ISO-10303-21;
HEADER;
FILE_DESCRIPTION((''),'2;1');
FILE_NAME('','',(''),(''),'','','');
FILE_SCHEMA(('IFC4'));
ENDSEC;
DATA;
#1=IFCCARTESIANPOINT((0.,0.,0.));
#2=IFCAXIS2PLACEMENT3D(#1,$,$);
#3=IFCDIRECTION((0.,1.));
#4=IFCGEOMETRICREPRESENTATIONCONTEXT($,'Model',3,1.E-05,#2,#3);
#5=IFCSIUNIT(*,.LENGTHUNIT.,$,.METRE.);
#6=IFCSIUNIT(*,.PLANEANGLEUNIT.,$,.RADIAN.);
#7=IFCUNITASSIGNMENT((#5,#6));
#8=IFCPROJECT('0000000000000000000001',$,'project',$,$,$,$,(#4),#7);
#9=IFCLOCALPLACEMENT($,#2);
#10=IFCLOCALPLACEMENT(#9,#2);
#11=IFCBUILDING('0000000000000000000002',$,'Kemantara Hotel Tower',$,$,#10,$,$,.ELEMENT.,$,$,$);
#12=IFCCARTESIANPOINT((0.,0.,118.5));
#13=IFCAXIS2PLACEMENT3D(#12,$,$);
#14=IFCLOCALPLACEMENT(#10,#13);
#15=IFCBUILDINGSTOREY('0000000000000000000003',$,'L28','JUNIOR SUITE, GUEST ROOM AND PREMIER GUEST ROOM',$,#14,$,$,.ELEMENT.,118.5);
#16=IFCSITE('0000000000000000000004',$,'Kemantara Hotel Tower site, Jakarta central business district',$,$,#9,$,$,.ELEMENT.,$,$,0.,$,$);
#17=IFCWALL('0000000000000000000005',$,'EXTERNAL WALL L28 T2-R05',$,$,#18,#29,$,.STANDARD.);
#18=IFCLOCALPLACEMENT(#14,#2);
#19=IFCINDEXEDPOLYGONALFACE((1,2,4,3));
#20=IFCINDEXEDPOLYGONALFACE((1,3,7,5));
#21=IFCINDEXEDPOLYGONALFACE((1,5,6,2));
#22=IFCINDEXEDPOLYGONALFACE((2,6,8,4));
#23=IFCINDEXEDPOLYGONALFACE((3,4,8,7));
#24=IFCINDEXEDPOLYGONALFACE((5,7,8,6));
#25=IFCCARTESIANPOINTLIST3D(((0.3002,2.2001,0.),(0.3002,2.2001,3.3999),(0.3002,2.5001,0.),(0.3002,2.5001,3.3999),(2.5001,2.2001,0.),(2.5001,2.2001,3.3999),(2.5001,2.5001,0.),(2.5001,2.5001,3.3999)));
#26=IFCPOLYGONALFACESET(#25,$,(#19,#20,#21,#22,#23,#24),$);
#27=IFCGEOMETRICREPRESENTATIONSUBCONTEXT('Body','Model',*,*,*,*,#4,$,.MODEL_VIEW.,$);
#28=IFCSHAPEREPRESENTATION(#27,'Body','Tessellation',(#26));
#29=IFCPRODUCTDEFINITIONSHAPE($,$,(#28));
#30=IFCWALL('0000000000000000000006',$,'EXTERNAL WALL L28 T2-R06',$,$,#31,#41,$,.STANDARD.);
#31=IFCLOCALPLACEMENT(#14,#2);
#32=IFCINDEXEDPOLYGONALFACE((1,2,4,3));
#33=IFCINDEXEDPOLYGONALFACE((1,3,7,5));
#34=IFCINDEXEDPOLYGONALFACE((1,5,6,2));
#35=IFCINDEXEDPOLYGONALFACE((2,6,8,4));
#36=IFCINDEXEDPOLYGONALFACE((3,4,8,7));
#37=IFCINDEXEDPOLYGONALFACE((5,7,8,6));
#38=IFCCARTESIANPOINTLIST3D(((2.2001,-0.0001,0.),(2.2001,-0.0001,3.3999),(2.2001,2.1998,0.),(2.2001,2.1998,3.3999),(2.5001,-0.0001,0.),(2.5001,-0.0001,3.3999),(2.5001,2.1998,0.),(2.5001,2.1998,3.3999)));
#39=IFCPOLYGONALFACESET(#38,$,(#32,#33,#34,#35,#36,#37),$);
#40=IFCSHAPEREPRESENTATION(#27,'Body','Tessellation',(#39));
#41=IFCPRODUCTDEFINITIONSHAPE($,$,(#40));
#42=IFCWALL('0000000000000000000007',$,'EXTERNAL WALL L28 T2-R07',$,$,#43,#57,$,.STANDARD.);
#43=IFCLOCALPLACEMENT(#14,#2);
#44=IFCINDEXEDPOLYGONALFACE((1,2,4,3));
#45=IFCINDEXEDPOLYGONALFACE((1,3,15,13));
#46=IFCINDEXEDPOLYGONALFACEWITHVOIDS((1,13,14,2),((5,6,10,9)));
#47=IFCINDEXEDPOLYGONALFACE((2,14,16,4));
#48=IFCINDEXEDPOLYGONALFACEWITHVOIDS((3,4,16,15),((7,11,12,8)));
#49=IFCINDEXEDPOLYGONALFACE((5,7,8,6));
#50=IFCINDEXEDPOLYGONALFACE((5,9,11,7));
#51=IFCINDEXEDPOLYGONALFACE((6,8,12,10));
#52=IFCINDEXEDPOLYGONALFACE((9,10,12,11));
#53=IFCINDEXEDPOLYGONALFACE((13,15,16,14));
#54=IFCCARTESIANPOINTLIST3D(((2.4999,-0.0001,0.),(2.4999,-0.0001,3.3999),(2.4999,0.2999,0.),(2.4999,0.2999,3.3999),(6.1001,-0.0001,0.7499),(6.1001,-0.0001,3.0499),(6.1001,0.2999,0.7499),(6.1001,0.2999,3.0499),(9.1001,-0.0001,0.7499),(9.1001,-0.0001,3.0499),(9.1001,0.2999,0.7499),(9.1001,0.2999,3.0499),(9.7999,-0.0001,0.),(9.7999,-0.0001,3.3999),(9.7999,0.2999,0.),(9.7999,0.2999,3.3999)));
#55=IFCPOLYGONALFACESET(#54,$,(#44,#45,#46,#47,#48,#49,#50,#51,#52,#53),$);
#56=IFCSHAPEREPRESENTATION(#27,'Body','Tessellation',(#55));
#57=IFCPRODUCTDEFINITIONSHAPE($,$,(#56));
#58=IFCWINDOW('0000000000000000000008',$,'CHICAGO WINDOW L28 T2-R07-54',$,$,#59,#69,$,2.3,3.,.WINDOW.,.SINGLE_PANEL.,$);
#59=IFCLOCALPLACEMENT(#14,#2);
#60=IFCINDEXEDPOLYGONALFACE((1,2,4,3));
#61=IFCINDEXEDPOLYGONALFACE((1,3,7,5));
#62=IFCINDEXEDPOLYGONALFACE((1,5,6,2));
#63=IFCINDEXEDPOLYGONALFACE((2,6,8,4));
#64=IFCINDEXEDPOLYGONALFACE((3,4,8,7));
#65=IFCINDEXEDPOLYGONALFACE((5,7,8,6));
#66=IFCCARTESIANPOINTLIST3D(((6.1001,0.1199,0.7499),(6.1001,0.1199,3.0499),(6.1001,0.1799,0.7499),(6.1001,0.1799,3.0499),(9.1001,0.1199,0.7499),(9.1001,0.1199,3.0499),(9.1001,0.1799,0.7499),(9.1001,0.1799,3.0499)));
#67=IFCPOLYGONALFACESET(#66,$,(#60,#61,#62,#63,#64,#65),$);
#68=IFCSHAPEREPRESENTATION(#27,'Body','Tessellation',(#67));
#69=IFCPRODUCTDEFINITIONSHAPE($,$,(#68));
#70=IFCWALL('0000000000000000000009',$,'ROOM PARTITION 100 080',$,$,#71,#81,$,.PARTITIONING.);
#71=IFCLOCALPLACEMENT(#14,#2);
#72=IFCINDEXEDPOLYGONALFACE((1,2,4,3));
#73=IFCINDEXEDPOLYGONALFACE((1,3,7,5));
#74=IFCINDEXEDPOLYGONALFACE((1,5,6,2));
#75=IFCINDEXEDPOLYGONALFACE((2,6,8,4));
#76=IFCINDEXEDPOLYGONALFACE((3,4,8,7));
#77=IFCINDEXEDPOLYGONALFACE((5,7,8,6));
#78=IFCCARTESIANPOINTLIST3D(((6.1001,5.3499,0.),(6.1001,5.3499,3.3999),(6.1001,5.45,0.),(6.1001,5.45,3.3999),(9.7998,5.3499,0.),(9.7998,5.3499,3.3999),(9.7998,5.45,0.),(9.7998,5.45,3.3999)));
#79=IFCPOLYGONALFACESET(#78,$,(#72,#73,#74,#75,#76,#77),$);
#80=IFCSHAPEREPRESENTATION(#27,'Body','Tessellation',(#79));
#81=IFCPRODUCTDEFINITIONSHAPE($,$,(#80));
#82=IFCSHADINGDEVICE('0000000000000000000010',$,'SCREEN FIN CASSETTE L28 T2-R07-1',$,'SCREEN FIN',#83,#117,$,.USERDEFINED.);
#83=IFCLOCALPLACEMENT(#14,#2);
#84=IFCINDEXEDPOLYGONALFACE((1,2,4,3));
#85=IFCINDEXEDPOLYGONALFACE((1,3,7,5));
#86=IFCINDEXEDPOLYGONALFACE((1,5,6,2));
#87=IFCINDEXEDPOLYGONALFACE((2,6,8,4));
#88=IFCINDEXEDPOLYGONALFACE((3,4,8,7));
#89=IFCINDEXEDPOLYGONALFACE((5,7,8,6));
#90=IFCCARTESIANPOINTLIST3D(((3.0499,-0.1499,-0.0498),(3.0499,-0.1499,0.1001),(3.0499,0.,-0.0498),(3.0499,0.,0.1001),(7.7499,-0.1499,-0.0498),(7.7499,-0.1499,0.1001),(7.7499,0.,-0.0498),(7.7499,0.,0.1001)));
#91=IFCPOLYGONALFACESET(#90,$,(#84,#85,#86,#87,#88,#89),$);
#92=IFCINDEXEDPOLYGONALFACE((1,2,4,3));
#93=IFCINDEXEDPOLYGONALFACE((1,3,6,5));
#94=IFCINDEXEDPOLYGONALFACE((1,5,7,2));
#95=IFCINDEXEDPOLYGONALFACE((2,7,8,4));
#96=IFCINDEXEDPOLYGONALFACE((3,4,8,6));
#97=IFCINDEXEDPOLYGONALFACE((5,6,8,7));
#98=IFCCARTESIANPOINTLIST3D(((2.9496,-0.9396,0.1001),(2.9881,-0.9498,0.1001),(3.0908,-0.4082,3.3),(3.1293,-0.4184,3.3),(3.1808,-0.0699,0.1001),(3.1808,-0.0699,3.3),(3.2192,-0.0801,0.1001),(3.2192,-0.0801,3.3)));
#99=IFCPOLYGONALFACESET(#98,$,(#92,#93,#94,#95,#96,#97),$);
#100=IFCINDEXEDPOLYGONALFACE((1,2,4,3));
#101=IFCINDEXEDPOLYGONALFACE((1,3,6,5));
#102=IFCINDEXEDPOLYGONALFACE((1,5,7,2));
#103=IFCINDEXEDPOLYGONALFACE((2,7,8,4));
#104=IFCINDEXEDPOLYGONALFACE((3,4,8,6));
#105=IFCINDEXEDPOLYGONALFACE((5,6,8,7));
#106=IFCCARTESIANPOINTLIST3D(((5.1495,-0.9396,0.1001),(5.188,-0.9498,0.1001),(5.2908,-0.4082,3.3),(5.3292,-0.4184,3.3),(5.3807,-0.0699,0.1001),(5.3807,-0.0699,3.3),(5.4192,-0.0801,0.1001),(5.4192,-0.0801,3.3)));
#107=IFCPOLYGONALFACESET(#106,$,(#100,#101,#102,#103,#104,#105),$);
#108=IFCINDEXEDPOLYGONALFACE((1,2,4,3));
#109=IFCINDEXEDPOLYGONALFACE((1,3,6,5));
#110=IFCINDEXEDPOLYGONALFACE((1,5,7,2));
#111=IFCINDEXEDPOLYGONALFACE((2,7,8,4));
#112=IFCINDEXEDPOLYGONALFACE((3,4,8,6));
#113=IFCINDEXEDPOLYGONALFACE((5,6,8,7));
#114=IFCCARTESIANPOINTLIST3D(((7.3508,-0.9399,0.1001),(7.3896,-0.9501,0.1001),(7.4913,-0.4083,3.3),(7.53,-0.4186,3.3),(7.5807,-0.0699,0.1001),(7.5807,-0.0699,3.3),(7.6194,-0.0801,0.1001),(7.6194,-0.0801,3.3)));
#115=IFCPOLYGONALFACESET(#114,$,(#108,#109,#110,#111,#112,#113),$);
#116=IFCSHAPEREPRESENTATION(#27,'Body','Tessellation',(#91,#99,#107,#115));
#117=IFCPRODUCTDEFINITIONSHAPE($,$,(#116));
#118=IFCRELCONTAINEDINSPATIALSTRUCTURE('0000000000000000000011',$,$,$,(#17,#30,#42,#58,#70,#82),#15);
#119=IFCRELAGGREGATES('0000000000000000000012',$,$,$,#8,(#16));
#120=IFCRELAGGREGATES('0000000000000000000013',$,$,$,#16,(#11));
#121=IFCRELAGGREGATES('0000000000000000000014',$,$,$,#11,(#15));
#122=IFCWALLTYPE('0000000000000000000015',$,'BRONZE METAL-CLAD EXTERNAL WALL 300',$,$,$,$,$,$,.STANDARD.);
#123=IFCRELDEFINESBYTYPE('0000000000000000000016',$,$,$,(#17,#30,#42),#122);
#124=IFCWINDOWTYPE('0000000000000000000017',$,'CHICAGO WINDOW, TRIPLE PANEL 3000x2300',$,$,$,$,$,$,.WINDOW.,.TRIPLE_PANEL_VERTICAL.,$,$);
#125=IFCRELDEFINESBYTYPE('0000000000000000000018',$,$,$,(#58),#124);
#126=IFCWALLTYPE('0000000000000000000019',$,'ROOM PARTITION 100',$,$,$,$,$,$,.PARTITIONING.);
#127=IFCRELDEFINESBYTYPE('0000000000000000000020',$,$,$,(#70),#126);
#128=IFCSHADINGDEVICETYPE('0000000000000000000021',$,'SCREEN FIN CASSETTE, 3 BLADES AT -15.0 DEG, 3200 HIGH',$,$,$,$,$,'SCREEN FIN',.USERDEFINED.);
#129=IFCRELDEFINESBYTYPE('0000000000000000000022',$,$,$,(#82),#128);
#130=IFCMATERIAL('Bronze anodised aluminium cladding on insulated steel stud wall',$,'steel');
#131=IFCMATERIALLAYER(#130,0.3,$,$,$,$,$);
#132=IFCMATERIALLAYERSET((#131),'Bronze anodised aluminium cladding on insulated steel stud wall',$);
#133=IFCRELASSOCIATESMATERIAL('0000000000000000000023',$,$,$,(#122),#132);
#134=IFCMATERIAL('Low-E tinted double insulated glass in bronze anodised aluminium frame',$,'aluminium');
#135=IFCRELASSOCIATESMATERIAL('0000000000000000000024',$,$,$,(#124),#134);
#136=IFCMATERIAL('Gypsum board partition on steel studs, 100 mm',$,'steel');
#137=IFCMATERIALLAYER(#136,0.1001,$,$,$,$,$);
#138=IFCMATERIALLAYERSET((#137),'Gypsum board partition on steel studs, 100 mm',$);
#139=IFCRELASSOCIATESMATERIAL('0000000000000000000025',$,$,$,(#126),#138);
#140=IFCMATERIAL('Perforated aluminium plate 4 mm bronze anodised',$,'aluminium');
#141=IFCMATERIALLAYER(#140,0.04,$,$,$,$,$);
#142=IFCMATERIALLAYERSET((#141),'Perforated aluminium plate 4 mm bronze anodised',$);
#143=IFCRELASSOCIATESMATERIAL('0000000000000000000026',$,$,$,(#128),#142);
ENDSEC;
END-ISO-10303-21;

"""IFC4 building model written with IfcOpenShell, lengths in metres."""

from ifc_helpers import new_model, si_unit, direction, frame, frame_2d, origin, origin_2d, place, context, subcontext, project, spatial, polyline, rectangle, outline, extrude, source, transform, mapped, material, layer, layer_set, type_object, element, fill, save


model = new_model("IFC4")

# Units and contexts
model_context = context("Model", 3, precision=1e-05, world=origin(), true_north=direction((0.0, 1.0)))
body_context = subcontext(model_context, "Body", "Model", "MODEL_VIEW")
ifc_project = project(units=[si_unit("LENGTHUNIT", "METRE"), si_unit("PLANEANGLEUNIT", "RADIAN")], contexts=[model_context])

# Site, building, storey
site_placement = place(None, origin())
site = spatial("IfcSite", under=ifc_project, at=site_placement, Name="Kemantara Hotel Tower site, Jakarta central business district", CompositionType="ELEMENT", RefElevation=0.0)
building_placement = place(site_placement, origin())
building = spatial("IfcBuilding", under=site, at=building_placement, Name="Kemantara Hotel Tower", CompositionType="ELEMENT")
storey_placement = place(building_placement, frame((0.0, 0.0, 118.5)))
storey = spatial("IfcBuildingStorey", under=building, at=storey_placement, Name="L28", Description="JUNIOR SUITE, GUEST ROOM AND PREMIER GUEST ROOM", CompositionType="ELEMENT", Elevation=118.5)

# Walls
ifc_material_1 = material(Name="Bronze anodised aluminium cladding on insulated steel stud wall", Category="steel")
ifc_layer_1 = layer(ifc_material_1, 0.3)
ifc_layer_set_1 = layer_set([ifc_layer_1], Name="Bronze anodised aluminium cladding on insulated steel stud wall")
wall_type_1 = type_object("IfcWallType", Name="BRONZE METAL-CLAD EXTERNAL WALL 300", PredefinedType="STANDARD", material=ifc_layer_set_1)
for number, where, z_axis, x_axis, name in (
    (1, (0.3, 2.3501, 0.0), (0.0, 0.0, 1.0), (1.0, 0.0, 0.0), "EXTERNAL WALL L28 T2-R05"),
    (2, (2.3501, 2.2, 0.0), (0.0, 0.0, 1.0), (0.0, -1.0, 0.0), "EXTERNAL WALL L28 T2-R06"),
):
    element("IfcWall", number, at=place(storey_placement, frame(where, z_axis=z_axis, x_axis=x_axis)), inside=storey, type_object=wall_type_1, Name=name, PredefinedType="STANDARD", context=body_context, shape_type="SweptSolid", body=[
        extrude(rectangle(XDim=2.2, YDim=0.3, at=frame_2d((1.1001, 0.0))), origin(), (0.0, 0.0, 1.0), 3.3999),
    ])

# Wall, opening, window
wall_1_placement = place(storey_placement, frame((2.5, 0.1499, 0.0), z_axis=(0.0, 0.0, 1.0), x_axis=(1.0, 0.0, 0.0)))
wall_1 = element("IfcWall", 3, at=wall_1_placement, inside=storey, type_object=wall_type_1, Name="EXTERNAL WALL L28 T2-R07", PredefinedType="STANDARD", context=body_context, shape_type="SweptSolid", body=[
    extrude(rectangle(XDim=7.3, YDim=0.3, at=frame_2d((3.6499, 0.0))), origin(), (0.0, 0.0, 1.0), 3.3999),
])
opening_placement = place(wall_1_placement, frame((3.6001, 0.0, 0.75)))
opening = element("IfcOpeningElement", 4, at=opening_placement, cuts=wall_1, PredefinedType="OPENING", context=body_context, shape_type="SweptSolid", body=[
    extrude(rectangle(XDim=3.0, YDim=2.3, at=frame_2d((1.5, 1.1499))), frame((0.0, 0.1599, 0.0), z_axis=(0.0, -1.0, 0.0), x_axis=(1.0, 0.0, 0.0)), (0.0, 0.0, 1.0), 0.3201),
])
ifc_material_2 = material(Name="Low-E tinted double insulated glass in bronze anodised aluminium frame", Category="aluminium")
window_type = type_object("IfcWindowType", Name="CHICAGO WINDOW, TRIPLE PANEL 3000x2300", PartitioningType="TRIPLE_PANEL_VERTICAL", PredefinedType="WINDOW", material=ifc_material_2)
window_placement = place(opening_placement, origin())
window = element("IfcWindow", 5, at=window_placement, inside=storey, type_object=window_type, Name="CHICAGO WINDOW L28 T2-R07-54", OverallHeight=2.3, OverallWidth=3.0, PartitioningType="SINGLE_PANEL", PredefinedType="WINDOW", context=body_context, shape_type="SweptSolid", body=[
    extrude(rectangle(XDim=3.0, YDim=2.3, at=frame_2d((1.5, 1.1499))), frame((0.0, 0.03, 0.0), z_axis=(0.0, -1.0, 0.0), x_axis=(1.0, 0.0, 0.0)), (0.0, 0.0, 1.0), 0.0601),
])
fill(opening, window)

# Wall
ifc_material_3 = material(Name="Gypsum board partition on steel studs, 100 mm", Category="steel")
ifc_layer_2 = layer(ifc_material_3, 0.1001)
ifc_layer_set_2 = layer_set([ifc_layer_2], Name="Gypsum board partition on steel studs, 100 mm")
wall_type_2 = type_object("IfcWallType", Name="ROOM PARTITION 100", PredefinedType="PARTITIONING", material=ifc_layer_set_2)
wall_2_placement = place(storey_placement, frame((6.1001, 5.3999, 0.0), z_axis=(0.0, 0.0, 1.0), x_axis=(1.0, 0.0, 0.0)))
element("IfcWall", 6, at=wall_2_placement, inside=storey, type_object=wall_type_2, Name="ROOM PARTITION 100 080", PredefinedType="PARTITIONING", context=body_context, shape_type="SweptSolid", body=[
    extrude(rectangle(XDim=3.6997, YDim=0.1001, at=frame_2d((1.8499, 0.0))), origin(), (0.0, 0.0, 1.0), 3.3999),
])

# Shading device
ifc_material_4 = material(Name="Perforated aluminium plate 4 mm bronze anodised", Category="aluminium")
ifc_layer_3 = layer(ifc_material_4, 0.04)
ifc_layer_set_3 = layer_set([ifc_layer_3], Name="Perforated aluminium plate 4 mm bronze anodised")
shading_device_type = type_object("IfcShadingDeviceType", Name="SCREEN FIN CASSETTE, 3 BLADES AT -15.0 DEG, 3200 HIGH", ElementType="SCREEN FIN", PredefinedType="USERDEFINED", material=ifc_layer_set_3)
shared_shape = source(origin(), body_context, "Body", "SweptSolid", [
    extrude(rectangle(XDim=4.7, YDim=0.1499, at=origin_2d()), frame((2.2, -0.075, -0.1499), z_axis=(0.0, 0.0, 1.0), x_axis=(1.0, 0.0, 0.0)), (0.0, 0.0, 1.0), 0.1499),
    extrude(outline(polyline([(0.0, 0.0), (0.8999, 0.0), (0.3501, 3.2), (0.0, 3.2), (0.0, 0.0)])), frame((0.0193, -0.0801, 0.0), z_axis=(-0.966438, 0.256901, 0.0), x_axis=(-0.256901, -0.966438, 0.0)), (0.0, 0.0, 1.0), 0.0398),
    extrude(outline(polyline([(0.0, 0.0), (0.8999, 0.0), (0.3501, 3.2), (0.0, 3.2), (0.0, 0.0)])), frame((2.2192, -0.0801, 0.0), z_axis=(-0.966438, 0.256901, 0.0), x_axis=(-0.256901, -0.966438, 0.0)), (0.0, 0.0, 1.0), 0.0398),
    extrude(outline(polyline([(0.0, 0.0), (0.8999, 0.0), (0.3501, 3.2), (0.0, 3.2), (0.0, 0.0)])), frame((4.4194, -0.0801, 0.0), z_axis=(-0.966838, 0.255391, 0.0), x_axis=(-0.255391, -0.966838, 0.0)), (0.0, 0.0, 1.0), 0.04),
])
shading_device_placement = place(storey_placement, frame((3.2, 0.0, 0.1001), z_axis=(0.0, 0.0, 1.0), x_axis=(1.0, 0.0, 0.0)))
element("IfcShadingDevice", 7, at=shading_device_placement, inside=storey, type_object=shading_device_type, Name="SCREEN FIN CASSETTE L28 T2-R07-1", ObjectType="SCREEN FIN", PredefinedType="USERDEFINED", context=body_context, shape_type="MappedRepresentation", body=[
    mapped(shared_shape, transform((0.0, 0.0, 0.0))),
])

save(model, "model.ifc")
